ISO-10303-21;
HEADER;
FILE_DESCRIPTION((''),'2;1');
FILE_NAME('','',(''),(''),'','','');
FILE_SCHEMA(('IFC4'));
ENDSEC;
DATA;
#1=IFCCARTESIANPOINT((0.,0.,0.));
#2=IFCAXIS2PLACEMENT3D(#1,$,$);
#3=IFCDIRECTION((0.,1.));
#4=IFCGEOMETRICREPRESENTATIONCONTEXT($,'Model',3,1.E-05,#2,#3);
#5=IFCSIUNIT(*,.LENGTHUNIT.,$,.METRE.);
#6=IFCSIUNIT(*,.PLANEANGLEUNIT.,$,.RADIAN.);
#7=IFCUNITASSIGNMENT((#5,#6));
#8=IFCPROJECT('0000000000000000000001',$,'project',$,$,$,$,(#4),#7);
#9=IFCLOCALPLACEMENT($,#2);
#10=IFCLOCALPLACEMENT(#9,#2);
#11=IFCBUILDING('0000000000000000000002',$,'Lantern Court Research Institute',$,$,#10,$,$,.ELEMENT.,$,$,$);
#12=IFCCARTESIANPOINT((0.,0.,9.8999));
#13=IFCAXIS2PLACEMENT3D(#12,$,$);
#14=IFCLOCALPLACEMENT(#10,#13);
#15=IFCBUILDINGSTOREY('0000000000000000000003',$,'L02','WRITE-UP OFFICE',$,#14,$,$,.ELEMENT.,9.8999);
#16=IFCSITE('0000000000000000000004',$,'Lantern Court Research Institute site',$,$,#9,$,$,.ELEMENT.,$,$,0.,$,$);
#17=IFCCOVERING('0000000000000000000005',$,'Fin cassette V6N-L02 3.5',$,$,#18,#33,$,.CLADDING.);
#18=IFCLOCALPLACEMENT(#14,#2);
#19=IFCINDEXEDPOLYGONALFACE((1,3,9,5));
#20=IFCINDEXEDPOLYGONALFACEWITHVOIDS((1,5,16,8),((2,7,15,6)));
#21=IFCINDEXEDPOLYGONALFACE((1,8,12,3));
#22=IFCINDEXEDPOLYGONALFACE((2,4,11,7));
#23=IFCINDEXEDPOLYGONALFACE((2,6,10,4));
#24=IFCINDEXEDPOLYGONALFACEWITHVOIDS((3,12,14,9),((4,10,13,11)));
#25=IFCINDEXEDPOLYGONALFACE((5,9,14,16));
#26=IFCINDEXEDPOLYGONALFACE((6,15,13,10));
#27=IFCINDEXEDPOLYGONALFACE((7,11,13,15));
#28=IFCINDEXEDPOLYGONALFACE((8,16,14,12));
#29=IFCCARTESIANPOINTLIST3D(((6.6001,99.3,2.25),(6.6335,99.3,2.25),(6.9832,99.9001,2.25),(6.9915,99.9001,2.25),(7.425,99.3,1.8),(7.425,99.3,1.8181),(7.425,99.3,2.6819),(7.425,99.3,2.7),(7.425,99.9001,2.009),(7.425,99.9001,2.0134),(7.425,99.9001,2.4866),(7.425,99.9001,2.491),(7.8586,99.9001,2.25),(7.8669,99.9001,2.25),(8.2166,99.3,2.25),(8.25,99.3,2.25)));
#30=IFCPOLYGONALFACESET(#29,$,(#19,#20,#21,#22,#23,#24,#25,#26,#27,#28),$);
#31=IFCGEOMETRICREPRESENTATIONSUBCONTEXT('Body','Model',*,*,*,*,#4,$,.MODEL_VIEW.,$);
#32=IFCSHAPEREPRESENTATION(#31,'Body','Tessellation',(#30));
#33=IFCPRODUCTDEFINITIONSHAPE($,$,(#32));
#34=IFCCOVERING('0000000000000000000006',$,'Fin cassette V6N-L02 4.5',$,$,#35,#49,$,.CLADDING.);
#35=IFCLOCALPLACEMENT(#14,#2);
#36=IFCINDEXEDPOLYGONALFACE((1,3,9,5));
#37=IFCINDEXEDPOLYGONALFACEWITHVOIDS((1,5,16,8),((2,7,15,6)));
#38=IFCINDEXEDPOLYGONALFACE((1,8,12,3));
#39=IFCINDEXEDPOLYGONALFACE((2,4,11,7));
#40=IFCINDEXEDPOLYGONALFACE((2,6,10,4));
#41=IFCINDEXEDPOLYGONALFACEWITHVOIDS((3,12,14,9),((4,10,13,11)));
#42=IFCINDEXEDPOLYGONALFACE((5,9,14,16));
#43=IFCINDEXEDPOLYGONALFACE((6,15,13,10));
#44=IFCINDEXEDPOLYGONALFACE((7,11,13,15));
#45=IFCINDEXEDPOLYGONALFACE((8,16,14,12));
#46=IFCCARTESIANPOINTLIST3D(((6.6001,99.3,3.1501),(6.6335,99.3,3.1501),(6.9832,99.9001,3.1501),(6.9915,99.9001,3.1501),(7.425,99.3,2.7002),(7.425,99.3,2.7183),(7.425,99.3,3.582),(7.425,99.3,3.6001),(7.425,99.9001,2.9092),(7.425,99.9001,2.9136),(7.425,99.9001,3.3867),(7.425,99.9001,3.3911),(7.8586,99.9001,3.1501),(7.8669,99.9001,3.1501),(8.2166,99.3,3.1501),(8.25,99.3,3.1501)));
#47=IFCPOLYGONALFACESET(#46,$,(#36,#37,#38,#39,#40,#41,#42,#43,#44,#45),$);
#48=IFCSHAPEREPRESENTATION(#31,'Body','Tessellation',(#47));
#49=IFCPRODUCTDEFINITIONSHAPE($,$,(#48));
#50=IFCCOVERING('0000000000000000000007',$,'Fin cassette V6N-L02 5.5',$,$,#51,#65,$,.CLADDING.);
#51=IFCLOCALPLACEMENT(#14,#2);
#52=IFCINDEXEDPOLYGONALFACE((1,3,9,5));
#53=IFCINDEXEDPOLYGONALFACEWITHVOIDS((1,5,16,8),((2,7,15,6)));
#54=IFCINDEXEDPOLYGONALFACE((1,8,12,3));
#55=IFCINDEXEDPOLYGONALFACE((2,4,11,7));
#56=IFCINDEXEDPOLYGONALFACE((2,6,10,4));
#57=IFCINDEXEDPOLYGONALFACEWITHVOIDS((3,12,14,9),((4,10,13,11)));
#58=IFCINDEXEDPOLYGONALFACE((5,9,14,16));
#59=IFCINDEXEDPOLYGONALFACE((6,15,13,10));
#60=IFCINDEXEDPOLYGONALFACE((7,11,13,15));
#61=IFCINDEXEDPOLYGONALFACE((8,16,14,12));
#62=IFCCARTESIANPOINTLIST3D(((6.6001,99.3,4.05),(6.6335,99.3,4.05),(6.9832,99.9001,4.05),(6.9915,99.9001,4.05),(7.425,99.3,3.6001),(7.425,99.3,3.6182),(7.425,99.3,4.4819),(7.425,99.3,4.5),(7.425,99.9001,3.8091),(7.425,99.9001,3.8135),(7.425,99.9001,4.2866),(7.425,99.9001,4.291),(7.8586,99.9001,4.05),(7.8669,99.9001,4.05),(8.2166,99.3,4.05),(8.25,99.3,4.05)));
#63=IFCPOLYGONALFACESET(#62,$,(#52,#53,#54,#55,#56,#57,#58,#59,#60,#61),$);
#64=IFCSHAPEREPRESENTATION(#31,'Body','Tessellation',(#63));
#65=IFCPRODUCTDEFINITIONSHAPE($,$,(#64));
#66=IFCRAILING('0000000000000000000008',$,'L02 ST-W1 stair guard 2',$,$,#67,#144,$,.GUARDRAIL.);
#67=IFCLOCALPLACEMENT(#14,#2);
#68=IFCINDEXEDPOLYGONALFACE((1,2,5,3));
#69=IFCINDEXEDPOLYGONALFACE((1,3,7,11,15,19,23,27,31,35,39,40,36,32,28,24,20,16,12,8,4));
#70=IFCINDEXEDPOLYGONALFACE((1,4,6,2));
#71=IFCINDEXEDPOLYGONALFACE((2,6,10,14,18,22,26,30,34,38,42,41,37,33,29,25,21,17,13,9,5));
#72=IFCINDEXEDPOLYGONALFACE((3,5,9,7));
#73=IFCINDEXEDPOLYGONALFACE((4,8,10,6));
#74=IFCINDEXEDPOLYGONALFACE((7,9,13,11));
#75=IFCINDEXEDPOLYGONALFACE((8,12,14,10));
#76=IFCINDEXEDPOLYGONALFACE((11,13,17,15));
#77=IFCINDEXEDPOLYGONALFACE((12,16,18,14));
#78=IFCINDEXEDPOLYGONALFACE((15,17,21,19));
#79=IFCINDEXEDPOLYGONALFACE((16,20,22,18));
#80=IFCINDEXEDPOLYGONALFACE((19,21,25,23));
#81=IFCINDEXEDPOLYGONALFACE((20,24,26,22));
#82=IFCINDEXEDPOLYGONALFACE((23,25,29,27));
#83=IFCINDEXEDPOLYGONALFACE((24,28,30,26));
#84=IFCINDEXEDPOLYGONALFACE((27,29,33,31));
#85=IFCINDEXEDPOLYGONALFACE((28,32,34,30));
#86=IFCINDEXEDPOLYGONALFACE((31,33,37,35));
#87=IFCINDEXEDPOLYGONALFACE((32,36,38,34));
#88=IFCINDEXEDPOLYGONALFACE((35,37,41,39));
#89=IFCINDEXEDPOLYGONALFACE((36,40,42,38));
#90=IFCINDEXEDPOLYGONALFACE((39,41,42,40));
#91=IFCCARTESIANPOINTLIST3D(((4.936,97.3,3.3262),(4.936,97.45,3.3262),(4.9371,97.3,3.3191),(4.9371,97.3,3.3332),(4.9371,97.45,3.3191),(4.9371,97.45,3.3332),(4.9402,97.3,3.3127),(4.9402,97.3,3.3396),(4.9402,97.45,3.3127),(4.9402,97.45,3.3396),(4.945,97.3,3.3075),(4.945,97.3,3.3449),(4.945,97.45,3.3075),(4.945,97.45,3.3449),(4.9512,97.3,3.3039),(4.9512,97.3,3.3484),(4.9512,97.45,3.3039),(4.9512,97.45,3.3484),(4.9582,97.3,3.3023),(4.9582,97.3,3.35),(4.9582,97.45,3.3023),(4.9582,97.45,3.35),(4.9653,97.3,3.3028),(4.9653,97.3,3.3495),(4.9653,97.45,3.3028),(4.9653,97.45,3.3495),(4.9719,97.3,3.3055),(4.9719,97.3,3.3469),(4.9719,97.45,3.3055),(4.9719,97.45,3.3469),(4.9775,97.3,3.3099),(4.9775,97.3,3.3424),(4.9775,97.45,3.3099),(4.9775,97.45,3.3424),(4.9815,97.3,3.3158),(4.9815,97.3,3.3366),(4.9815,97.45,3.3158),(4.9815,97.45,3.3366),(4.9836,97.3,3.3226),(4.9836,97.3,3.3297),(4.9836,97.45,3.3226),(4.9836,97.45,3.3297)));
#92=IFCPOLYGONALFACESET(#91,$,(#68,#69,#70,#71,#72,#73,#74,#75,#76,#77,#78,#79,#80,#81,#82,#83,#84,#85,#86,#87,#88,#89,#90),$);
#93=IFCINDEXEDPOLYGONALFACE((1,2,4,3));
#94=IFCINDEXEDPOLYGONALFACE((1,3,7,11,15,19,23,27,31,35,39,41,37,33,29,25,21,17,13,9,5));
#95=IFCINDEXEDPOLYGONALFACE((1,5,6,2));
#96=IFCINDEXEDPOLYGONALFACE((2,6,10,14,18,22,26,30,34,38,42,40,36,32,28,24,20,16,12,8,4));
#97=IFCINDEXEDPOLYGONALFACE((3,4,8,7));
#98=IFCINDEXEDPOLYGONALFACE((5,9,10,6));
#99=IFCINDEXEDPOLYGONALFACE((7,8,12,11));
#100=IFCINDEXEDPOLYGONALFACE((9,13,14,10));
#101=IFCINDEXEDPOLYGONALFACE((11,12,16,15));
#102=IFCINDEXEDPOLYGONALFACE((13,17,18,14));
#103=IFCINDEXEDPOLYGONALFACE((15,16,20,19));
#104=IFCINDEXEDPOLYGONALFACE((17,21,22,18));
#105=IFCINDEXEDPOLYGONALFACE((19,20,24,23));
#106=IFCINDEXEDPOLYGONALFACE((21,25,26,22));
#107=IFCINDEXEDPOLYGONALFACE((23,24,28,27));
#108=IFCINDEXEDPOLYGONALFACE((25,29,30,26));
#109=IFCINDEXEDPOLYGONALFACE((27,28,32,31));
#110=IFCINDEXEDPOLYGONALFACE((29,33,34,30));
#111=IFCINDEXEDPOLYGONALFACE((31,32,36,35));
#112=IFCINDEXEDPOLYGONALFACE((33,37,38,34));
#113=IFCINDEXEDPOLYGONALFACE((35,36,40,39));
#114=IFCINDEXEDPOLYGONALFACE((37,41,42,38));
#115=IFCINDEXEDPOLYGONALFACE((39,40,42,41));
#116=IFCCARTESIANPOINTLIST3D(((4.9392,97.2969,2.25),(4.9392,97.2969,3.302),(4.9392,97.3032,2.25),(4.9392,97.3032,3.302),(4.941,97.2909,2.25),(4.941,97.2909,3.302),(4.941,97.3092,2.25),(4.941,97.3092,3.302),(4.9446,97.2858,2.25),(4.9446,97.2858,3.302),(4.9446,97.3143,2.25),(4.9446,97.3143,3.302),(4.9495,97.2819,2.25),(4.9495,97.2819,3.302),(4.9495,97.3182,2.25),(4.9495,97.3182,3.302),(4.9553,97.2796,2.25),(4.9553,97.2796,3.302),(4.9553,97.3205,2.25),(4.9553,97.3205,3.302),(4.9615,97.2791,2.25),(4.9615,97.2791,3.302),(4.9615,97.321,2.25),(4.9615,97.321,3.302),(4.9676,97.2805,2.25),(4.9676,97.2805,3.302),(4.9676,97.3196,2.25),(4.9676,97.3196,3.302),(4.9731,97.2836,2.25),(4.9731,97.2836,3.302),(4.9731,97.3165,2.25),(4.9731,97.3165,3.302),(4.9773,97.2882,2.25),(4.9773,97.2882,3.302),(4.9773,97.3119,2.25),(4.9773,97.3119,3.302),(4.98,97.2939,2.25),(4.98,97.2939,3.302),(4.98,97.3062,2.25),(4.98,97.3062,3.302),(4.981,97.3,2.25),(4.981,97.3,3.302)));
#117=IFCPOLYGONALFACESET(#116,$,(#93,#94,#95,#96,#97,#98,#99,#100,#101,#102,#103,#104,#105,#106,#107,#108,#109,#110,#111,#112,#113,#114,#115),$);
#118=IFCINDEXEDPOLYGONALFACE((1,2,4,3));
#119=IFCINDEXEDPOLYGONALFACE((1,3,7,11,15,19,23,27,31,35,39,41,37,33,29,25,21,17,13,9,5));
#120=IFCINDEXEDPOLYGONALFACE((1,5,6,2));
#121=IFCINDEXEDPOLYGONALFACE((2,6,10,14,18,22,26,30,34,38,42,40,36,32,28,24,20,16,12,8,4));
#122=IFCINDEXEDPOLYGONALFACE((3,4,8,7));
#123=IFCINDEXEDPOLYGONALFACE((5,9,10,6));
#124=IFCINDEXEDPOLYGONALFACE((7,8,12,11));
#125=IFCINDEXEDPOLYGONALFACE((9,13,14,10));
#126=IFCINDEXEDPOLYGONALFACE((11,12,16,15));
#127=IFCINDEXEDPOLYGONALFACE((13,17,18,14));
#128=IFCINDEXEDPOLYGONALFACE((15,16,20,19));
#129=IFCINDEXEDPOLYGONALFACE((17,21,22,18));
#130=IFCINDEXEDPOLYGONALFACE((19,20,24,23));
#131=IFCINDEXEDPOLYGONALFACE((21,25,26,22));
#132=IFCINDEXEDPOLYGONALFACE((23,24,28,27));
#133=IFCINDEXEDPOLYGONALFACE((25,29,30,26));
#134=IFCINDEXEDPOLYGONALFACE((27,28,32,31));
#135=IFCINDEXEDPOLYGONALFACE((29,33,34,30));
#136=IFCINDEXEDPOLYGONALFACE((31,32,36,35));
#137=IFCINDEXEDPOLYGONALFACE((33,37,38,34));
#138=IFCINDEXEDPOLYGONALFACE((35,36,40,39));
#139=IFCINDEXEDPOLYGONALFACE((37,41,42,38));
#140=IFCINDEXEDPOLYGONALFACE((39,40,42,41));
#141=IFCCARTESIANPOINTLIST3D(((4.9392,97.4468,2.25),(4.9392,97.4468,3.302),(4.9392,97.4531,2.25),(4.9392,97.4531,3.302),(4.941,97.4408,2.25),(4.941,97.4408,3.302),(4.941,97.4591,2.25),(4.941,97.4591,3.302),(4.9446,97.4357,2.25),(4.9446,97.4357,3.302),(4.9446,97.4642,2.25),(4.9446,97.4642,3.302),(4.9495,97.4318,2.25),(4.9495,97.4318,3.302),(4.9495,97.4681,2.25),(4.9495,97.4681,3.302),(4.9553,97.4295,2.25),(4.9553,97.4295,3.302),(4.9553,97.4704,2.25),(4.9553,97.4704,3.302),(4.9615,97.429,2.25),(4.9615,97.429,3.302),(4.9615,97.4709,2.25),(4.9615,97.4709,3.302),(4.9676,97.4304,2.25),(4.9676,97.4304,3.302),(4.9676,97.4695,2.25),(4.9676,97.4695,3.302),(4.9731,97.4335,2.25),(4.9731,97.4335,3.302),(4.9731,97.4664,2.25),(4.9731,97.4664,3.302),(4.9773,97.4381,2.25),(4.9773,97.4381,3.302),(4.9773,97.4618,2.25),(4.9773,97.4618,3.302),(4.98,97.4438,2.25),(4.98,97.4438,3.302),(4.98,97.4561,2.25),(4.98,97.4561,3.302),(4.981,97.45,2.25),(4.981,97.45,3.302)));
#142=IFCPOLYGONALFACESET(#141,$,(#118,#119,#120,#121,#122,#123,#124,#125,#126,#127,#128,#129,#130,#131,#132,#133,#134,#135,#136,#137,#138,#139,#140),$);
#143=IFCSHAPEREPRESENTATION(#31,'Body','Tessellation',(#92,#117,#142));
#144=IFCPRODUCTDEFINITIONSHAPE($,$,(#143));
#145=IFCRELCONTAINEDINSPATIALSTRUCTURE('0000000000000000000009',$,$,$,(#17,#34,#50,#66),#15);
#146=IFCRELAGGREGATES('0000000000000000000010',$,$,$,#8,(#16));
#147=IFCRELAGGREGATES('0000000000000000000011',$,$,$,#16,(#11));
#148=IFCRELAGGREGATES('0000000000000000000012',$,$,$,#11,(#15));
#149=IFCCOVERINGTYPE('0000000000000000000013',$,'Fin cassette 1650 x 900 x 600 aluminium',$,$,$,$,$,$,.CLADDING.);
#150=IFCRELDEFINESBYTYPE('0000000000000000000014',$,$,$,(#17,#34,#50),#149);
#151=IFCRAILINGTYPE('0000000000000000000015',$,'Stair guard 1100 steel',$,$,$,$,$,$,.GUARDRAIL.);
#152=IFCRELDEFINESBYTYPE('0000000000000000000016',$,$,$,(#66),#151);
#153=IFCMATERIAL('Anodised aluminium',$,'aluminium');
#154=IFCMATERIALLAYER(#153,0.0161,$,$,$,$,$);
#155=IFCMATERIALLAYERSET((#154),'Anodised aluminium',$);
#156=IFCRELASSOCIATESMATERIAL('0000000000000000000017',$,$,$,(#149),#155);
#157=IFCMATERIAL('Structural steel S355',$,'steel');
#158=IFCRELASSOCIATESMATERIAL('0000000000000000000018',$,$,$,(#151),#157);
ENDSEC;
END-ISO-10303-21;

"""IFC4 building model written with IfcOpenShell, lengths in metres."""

from ifc_helpers import new_model, entity, si_unit, direction, frame, origin, origin_2d, place, context, subcontext, project, spatial, circle, extrude, material, layer, layer_set, type_object, element, save


model = new_model("IFC4")

# Units and contexts
model_context = context("Model", 3, precision=1e-05, world=origin(), true_north=direction((0.0, 1.0)))
body_context = subcontext(model_context, "Body", "Model", "MODEL_VIEW")
ifc_project = project(units=[si_unit("LENGTHUNIT", "METRE"), si_unit("PLANEANGLEUNIT", "RADIAN")], contexts=[model_context])

# Site, building, storey
site_placement = place(None, origin())
site = spatial("IfcSite", under=ifc_project, at=site_placement, Name="Lantern Court Research Institute site", CompositionType="ELEMENT", RefElevation=0.0)
building_placement = place(site_placement, origin())
building = spatial("IfcBuilding", under=site, at=building_placement, Name="Lantern Court Research Institute", CompositionType="ELEMENT")
storey_placement = place(building_placement, frame((0.0, 0.0, 9.8999)))
storey = spatial("IfcBuildingStorey", under=building, at=storey_placement, Name="L02", Description="WRITE-UP OFFICE", CompositionType="ELEMENT", Elevation=9.8999)

# Coverings
ifc_material_1 = material(Name="Anodised aluminium", Category="aluminium")
ifc_layer_1 = layer(ifc_material_1, 0.0161)
ifc_layer_set_1 = layer_set([ifc_layer_1], Name="Anodised aluminium")
covering_type_1 = type_object("IfcCoveringType", Name="Fin cassette 1650 x 900 x 600 aluminium", PredefinedType="CLADDING", material=ifc_layer_set_1)
covering_1_placement = place(storey_placement, frame((7.425, 99.3, 2.25), z_axis=(0.0, 1.0, 0.0), x_axis=(-1.0, 0.0, 0.0)))
cartesian_point_1 = entity("IfcCartesianPoint", [0.825, 0.0])
cartesian_point_2 = entity("IfcCartesianPoint", [0.7915, 0.0])
cartesian_point_3 = entity("IfcCartesianPoint", [0.4419, 0.0])
cartesian_point_4 = entity("IfcCartesianPoint", [0.4336, 0.0])
element("IfcCovering", 1, at=covering_1_placement, inside=storey, type_object=covering_type_1, Name="Fin cassette V6N-L02 3.5", PredefinedType="CLADDING", context=body_context, shape_type="SweptSolid", body=[
    entity("IfcExtrudedAreaSolidTapered", entity("IfcArbitraryProfileDefWithVoids", "AREA", None, entity("IfcPolyline", [cartesian_point_1, entity("IfcCartesianPoint", [0.0, 0.45]), entity("IfcCartesianPoint", [-0.825, 0.0]), entity("IfcCartesianPoint", [0.0, -0.45]), cartesian_point_1]), [entity("IfcPolyline", [cartesian_point_2, entity("IfcCartesianPoint", [0.0, 0.4319]), entity("IfcCartesianPoint", [-0.7915, 0.0]), entity("IfcCartesianPoint", [0.0, -0.4319]), cartesian_point_2])]), entity("IfcAxis2Placement3D", entity("IfcCartesianPoint", [0.0, 0.0, 0.0])), entity("IfcDirection", [0.0, 0.0, 1.0]), 0.6001, entity("IfcArbitraryProfileDefWithVoids", "AREA", None, entity("IfcPolyline", [cartesian_point_3, entity("IfcCartesianPoint", [0.0, 0.241]), entity("IfcCartesianPoint", [-0.4419, 0.0]), entity("IfcCartesianPoint", [0.0, -0.241]), cartesian_point_3]), [entity("IfcPolyline", [cartesian_point_4, entity("IfcCartesianPoint", [0.0, 0.2366]), entity("IfcCartesianPoint", [-0.4336, 0.0]), entity("IfcCartesianPoint", [0.0, -0.2366]), cartesian_point_4])])),
])
covering_2_placement = place(storey_placement, frame((7.425, 99.3, 3.1501), z_axis=(0.0, 1.0, 0.0), x_axis=(-1.0, 0.0, 0.0)))
cartesian_point_5 = entity("IfcCartesianPoint", [0.825, 0.0])
cartesian_point_6 = entity("IfcCartesianPoint", [0.7915, 0.0])
cartesian_point_7 = entity("IfcCartesianPoint", [0.4419, 0.0])
cartesian_point_8 = entity("IfcCartesianPoint", [0.4336, 0.0])
element("IfcCovering", 2, at=covering_2_placement, inside=storey, type_object=covering_type_1, Name="Fin cassette V6N-L02 4.5", PredefinedType="CLADDING", context=body_context, shape_type="SweptSolid", body=[
    entity("IfcExtrudedAreaSolidTapered", entity("IfcArbitraryProfileDefWithVoids", "AREA", None, entity("IfcPolyline", [cartesian_point_5, entity("IfcCartesianPoint", [0.0, 0.45]), entity("IfcCartesianPoint", [-0.825, 0.0]), entity("IfcCartesianPoint", [0.0, -0.45]), cartesian_point_5]), [entity("IfcPolyline", [cartesian_point_6, entity("IfcCartesianPoint", [0.0, 0.4319]), entity("IfcCartesianPoint", [-0.7915, 0.0]), entity("IfcCartesianPoint", [0.0, -0.4319]), cartesian_point_6])]), entity("IfcAxis2Placement3D", entity("IfcCartesianPoint", [0.0, 0.0, 0.0])), entity("IfcDirection", [0.0, 0.0, 1.0]), 0.6001, entity("IfcArbitraryProfileDefWithVoids", "AREA", None, entity("IfcPolyline", [cartesian_point_7, entity("IfcCartesianPoint", [0.0, 0.241]), entity("IfcCartesianPoint", [-0.4419, 0.0]), entity("IfcCartesianPoint", [0.0, -0.241]), cartesian_point_7]), [entity("IfcPolyline", [cartesian_point_8, entity("IfcCartesianPoint", [0.0, 0.2366]), entity("IfcCartesianPoint", [-0.4336, 0.0]), entity("IfcCartesianPoint", [0.0, -0.2366]), cartesian_point_8])])),
])
covering_3_placement = place(storey_placement, frame((7.425, 99.3, 4.05), z_axis=(0.0, 1.0, 0.0), x_axis=(-1.0, 0.0, 0.0)))
cartesian_point_9 = entity("IfcCartesianPoint", [0.825, 0.0])
cartesian_point_10 = entity("IfcCartesianPoint", [0.7915, 0.0])
cartesian_point_11 = entity("IfcCartesianPoint", [0.4419, 0.0])
cartesian_point_12 = entity("IfcCartesianPoint", [0.4336, 0.0])
element("IfcCovering", 3, at=covering_3_placement, inside=storey, type_object=covering_type_1, Name="Fin cassette V6N-L02 5.5", PredefinedType="CLADDING", context=body_context, shape_type="SweptSolid", body=[
    entity("IfcExtrudedAreaSolidTapered", entity("IfcArbitraryProfileDefWithVoids", "AREA", None, entity("IfcPolyline", [cartesian_point_9, entity("IfcCartesianPoint", [0.0, 0.45]), entity("IfcCartesianPoint", [-0.825, 0.0]), entity("IfcCartesianPoint", [0.0, -0.45]), cartesian_point_9]), [entity("IfcPolyline", [cartesian_point_10, entity("IfcCartesianPoint", [0.0, 0.4319]), entity("IfcCartesianPoint", [-0.7915, 0.0]), entity("IfcCartesianPoint", [0.0, -0.4319]), cartesian_point_10])]), entity("IfcAxis2Placement3D", entity("IfcCartesianPoint", [0.0, 0.0, 0.0])), entity("IfcDirection", [0.0, 0.0, 1.0]), 0.6001, entity("IfcArbitraryProfileDefWithVoids", "AREA", None, entity("IfcPolyline", [cartesian_point_11, entity("IfcCartesianPoint", [0.0, 0.241]), entity("IfcCartesianPoint", [-0.4419, 0.0]), entity("IfcCartesianPoint", [0.0, -0.241]), cartesian_point_11]), [entity("IfcPolyline", [cartesian_point_12, entity("IfcCartesianPoint", [0.0, 0.2366]), entity("IfcCartesianPoint", [-0.4336, 0.0]), entity("IfcCartesianPoint", [0.0, -0.2366]), cartesian_point_12])])),
])

# Railing
ifc_material_2 = material(Name="Structural steel S355", Category="steel")
railing_type_1 = type_object("IfcRailingType", Name="Stair guard 1100 steel", PredefinedType="GUARDRAIL", material=ifc_material_2)
railing_1_placement = place(storey_placement, frame((4.96, 97.3, 2.25)))
element("IfcRailing", 4, at=railing_1_placement, inside=storey, type_object=railing_type_1, Name="L02 ST-W1 stair guard 2", PredefinedType="GUARDRAIL", context=body_context, shape_type="SweptSolid", body=[
    extrude(circle(Radius=0.0239, at=origin_2d()), frame((0.0, 0.0, 1.0762), z_axis=(0.0, 1.0, 0.0), x_axis=(-1.0, 0.0, 0.0)), (0.0, 0.0, 1.0), 0.1499),
    extrude(circle(Radius=0.021, at=origin_2d()), origin(), (0.0, 0.0, 1.0), 1.052),
    extrude(circle(Radius=0.021, at=origin_2d()), frame((0.0, 0.1499, 0.0)), (0.0, 0.0, 1.0), 1.052),
])

save(model, "model.ifc")
